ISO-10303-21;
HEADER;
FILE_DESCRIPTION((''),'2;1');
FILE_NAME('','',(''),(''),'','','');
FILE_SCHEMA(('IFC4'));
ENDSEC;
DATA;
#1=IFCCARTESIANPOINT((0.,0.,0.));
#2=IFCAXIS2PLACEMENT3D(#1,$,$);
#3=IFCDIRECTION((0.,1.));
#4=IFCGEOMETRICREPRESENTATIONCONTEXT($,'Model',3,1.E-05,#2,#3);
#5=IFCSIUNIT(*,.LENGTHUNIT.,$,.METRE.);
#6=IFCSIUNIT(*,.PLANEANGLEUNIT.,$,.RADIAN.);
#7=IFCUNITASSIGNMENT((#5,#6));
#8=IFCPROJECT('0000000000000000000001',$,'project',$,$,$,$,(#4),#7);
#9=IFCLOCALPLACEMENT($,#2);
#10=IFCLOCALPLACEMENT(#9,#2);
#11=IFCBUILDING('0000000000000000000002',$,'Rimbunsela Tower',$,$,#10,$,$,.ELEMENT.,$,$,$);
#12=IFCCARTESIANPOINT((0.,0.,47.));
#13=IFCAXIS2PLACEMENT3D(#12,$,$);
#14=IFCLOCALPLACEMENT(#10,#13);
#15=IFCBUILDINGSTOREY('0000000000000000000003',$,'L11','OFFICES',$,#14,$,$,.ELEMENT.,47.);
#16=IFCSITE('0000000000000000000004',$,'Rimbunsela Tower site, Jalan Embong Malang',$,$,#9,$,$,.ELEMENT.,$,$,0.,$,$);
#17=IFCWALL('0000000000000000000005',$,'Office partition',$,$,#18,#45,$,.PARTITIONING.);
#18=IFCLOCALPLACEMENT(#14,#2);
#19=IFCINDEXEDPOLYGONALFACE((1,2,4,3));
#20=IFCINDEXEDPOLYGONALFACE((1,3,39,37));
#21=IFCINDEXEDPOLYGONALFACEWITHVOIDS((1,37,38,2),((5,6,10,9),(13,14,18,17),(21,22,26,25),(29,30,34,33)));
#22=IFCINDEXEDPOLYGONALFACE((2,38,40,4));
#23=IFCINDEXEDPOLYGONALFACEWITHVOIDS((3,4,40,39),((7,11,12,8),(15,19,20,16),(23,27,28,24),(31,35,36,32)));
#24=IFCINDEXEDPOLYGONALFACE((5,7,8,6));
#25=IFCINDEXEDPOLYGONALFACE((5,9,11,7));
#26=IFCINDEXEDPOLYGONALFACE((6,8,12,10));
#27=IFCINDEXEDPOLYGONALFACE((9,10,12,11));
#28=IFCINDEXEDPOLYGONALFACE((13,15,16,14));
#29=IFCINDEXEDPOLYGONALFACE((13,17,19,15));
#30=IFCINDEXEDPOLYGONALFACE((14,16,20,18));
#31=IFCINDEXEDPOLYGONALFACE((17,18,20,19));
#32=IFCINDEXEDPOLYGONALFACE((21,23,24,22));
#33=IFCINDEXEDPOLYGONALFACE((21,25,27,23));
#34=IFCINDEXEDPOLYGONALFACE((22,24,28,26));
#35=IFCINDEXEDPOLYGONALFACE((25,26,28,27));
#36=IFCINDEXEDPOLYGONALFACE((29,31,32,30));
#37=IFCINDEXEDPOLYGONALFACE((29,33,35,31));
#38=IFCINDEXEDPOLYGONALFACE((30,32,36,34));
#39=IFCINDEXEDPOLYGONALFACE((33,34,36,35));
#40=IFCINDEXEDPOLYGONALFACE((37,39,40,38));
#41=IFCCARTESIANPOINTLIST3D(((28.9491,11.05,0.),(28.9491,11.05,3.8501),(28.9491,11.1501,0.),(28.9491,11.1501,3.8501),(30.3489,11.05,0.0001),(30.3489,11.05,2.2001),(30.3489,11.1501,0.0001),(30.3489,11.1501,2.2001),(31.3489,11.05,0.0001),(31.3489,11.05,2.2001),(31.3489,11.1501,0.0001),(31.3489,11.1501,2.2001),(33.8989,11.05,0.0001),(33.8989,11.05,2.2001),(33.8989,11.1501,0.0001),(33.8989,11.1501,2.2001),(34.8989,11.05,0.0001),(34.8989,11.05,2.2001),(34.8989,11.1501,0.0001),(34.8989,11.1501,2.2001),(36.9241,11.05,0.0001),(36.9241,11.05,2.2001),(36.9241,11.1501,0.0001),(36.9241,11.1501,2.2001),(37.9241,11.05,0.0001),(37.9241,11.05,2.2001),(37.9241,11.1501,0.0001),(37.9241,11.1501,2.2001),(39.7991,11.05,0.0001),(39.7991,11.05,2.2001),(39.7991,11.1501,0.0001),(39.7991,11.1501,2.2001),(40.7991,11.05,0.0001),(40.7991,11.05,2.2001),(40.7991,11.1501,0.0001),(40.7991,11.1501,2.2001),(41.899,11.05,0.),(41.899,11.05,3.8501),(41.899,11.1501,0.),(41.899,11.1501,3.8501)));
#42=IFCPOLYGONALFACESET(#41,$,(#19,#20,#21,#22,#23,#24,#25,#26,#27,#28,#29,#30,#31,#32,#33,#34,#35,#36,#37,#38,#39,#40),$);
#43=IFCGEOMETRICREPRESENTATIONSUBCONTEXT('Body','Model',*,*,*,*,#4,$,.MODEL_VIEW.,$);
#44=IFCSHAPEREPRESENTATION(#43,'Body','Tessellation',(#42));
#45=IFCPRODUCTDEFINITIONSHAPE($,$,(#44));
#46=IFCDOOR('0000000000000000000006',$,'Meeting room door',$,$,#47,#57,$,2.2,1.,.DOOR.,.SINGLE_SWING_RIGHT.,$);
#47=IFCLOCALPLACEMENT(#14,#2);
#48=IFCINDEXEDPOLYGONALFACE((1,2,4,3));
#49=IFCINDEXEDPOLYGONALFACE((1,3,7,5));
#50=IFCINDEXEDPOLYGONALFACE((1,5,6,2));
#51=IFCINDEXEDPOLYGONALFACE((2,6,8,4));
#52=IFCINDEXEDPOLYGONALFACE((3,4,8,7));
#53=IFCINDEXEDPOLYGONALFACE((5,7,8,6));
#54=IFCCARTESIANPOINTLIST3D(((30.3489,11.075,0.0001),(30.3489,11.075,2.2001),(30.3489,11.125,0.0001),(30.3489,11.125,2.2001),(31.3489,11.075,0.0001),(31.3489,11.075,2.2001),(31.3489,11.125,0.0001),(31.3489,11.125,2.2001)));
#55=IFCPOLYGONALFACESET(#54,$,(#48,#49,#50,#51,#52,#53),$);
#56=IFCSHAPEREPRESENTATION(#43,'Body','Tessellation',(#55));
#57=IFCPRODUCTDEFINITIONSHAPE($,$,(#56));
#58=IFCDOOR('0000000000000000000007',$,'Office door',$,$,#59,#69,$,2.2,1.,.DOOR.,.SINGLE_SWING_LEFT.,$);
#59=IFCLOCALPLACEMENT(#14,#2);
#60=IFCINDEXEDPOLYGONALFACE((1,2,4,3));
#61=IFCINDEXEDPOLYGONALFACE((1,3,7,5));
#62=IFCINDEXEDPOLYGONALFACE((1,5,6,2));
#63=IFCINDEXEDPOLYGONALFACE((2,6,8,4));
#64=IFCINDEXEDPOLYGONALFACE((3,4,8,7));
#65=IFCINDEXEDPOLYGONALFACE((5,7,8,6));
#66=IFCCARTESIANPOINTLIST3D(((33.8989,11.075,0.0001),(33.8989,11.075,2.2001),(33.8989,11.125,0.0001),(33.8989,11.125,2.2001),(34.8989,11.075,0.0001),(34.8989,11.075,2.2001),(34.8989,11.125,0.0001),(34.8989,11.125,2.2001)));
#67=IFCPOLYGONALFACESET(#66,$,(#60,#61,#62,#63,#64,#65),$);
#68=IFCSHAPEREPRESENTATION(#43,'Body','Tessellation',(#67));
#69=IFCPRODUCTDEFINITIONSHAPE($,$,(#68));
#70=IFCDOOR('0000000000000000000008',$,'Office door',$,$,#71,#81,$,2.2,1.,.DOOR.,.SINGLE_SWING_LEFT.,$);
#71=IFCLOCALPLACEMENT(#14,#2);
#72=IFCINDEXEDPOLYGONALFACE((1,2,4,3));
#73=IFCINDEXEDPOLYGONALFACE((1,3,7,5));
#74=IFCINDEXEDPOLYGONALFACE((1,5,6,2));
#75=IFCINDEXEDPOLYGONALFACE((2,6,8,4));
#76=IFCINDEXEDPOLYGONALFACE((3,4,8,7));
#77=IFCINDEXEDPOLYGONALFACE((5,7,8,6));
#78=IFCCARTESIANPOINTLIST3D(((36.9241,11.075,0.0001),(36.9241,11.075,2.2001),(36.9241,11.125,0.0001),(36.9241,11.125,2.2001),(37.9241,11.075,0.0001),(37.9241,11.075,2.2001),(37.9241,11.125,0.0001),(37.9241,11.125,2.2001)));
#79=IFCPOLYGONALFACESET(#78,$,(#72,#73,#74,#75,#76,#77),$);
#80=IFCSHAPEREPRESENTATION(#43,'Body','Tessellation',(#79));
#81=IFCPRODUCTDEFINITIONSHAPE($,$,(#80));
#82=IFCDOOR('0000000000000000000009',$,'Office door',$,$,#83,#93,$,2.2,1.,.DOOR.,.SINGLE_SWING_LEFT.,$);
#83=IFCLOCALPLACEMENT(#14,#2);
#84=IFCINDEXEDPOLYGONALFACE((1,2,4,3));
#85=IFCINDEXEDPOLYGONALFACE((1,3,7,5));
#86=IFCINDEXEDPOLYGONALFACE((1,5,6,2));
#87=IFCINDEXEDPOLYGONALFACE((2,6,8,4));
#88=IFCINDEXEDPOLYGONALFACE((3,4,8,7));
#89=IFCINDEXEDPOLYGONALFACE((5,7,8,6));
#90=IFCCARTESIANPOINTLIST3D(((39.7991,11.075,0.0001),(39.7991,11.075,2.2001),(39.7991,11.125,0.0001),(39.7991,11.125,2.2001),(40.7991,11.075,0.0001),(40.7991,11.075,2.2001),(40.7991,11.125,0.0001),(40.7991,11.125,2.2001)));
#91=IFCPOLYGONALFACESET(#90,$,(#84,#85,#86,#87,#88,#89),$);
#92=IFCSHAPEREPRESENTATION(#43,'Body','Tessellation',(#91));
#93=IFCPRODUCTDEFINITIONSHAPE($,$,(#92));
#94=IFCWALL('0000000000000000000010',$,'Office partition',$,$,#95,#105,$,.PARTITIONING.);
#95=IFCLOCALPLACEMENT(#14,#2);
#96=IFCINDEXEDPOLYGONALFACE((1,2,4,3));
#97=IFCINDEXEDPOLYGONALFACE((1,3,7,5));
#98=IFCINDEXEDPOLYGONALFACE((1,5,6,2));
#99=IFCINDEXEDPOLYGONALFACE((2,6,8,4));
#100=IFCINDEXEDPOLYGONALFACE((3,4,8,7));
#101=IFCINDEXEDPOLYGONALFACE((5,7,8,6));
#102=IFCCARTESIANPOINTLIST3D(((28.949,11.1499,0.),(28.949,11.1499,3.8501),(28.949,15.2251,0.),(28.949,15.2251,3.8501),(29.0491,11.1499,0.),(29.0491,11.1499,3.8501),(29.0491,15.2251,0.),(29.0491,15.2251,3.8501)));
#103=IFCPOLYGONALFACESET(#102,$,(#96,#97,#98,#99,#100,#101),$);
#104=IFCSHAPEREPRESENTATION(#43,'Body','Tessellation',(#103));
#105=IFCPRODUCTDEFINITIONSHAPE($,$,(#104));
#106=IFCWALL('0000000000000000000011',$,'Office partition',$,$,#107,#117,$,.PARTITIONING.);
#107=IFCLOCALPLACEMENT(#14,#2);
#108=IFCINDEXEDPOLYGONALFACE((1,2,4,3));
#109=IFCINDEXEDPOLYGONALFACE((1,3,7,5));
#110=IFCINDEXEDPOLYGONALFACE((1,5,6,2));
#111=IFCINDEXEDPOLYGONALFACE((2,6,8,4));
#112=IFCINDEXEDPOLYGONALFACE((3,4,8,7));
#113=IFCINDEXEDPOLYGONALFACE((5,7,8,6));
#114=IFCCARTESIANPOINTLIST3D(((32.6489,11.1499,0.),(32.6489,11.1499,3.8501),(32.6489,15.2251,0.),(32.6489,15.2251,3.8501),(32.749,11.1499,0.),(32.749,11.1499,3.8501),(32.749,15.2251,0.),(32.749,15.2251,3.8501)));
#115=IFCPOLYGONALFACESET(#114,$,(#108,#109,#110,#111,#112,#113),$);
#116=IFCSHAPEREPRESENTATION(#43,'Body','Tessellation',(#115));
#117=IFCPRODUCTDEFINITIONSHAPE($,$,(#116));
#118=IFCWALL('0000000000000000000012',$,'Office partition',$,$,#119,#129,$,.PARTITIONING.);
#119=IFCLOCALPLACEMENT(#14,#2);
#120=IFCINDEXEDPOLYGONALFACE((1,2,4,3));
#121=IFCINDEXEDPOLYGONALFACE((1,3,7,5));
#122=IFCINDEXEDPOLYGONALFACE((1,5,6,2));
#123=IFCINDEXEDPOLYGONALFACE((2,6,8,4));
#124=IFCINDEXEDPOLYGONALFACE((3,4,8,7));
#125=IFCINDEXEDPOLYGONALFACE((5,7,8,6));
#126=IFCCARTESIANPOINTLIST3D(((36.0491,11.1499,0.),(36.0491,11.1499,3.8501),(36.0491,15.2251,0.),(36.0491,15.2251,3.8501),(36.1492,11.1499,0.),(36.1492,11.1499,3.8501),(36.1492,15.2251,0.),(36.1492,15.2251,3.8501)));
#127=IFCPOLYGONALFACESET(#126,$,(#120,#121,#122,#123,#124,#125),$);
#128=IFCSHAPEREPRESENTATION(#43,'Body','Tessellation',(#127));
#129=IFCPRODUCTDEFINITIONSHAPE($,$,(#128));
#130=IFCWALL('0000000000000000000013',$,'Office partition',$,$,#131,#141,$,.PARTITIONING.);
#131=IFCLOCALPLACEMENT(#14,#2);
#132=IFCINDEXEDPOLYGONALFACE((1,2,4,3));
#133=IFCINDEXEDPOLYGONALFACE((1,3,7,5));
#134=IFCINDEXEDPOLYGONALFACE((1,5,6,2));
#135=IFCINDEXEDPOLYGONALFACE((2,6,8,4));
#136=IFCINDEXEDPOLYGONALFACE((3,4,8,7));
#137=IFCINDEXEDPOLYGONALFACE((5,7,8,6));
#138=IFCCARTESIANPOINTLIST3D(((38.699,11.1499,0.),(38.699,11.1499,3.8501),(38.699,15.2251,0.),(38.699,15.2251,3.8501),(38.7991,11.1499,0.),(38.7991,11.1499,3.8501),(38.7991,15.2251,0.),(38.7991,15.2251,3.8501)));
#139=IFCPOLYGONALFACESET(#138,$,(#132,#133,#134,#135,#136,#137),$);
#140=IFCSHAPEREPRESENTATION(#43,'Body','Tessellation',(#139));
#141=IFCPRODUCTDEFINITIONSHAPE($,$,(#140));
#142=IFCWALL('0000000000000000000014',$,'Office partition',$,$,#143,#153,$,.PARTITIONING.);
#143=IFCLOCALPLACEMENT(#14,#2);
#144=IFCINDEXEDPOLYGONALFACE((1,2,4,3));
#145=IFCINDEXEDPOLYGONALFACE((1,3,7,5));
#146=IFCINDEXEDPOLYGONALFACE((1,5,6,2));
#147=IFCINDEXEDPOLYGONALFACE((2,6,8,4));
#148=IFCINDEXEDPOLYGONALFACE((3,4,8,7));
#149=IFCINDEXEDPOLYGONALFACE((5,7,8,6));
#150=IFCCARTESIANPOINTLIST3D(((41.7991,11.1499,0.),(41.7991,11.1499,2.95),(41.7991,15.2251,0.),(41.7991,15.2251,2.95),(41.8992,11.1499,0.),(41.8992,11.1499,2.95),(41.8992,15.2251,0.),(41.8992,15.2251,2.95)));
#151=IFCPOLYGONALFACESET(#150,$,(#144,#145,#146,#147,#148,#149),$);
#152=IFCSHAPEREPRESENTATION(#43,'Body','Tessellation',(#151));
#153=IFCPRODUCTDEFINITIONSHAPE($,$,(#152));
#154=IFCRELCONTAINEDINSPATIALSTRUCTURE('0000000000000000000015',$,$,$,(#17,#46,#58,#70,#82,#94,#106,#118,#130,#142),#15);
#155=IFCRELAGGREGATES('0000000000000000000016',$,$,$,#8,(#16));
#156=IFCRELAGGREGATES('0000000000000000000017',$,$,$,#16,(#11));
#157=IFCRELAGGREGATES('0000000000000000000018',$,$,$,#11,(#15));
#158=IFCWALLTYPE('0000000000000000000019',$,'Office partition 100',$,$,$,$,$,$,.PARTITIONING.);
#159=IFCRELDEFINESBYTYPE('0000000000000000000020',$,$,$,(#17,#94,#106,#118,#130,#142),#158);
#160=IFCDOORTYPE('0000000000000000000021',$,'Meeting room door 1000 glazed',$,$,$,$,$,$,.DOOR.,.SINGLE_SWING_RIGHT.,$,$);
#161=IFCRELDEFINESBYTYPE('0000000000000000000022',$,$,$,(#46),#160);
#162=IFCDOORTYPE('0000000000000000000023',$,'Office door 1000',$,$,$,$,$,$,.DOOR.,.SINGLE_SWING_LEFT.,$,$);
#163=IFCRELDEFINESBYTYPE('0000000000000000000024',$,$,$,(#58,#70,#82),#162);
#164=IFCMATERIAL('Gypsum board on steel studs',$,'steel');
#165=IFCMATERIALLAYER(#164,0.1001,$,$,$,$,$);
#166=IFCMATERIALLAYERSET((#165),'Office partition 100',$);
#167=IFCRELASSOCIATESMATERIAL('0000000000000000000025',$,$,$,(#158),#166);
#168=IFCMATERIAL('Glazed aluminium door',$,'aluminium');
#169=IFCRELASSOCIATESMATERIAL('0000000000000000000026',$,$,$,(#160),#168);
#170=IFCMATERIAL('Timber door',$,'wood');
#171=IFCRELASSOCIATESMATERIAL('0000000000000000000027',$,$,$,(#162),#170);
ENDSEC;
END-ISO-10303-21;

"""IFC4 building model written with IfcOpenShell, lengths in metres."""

from ifc_helpers import new_model, si_unit, direction, frame, frame_2d, origin, place, context, subcontext, project, spatial, rectangle, extrude, material, layer, layer_set, type_object, element, fill, save


model = new_model("IFC4")

# Units and contexts
model_context = context("Model", 3, precision=1e-05, world=origin(), true_north=direction((0.0, 1.0)))
body_context = subcontext(model_context, "Body", "Model", "MODEL_VIEW")
ifc_project = project(units=[si_unit("LENGTHUNIT", "METRE"), si_unit("PLANEANGLEUNIT", "RADIAN")], contexts=[model_context])

# Site, building, storey
site_placement = place(None, origin())
site = spatial("IfcSite", under=ifc_project, at=site_placement, Name="Rimbunsela Tower site, Jalan Embong Malang", CompositionType="ELEMENT", RefElevation=0.0)
building_placement = place(site_placement, origin())
building = spatial("IfcBuilding", under=site, at=building_placement, Name="Rimbunsela Tower", CompositionType="ELEMENT")
storey_placement = place(building_placement, frame((0.0, 0.0, 47.0)))
storey = spatial("IfcBuildingStorey", under=building, at=storey_placement, Name="L11", Description="OFFICES", CompositionType="ELEMENT", Elevation=47.0)

# Wall, openings, doors
ifc_material_1 = material(Name="Gypsum board on steel studs", Category="steel")
ifc_layer_1 = layer(ifc_material_1, 0.1001)
ifc_layer_set_1 = layer_set([ifc_layer_1], Name="Office partition 100")
wall_type_1 = type_object("IfcWallType", Name="Office partition 100", PredefinedType="PARTITIONING", material=ifc_layer_set_1)
wall_1_placement = place(storey_placement, frame((28.949, 11.1001, 0.0), z_axis=(0.0, 0.0, 1.0), x_axis=(1.0, 0.0, 0.0)))
wall_1 = element("IfcWall", 1, at=wall_1_placement, inside=storey, type_object=wall_type_1, Name="Office partition", PredefinedType="PARTITIONING", context=body_context, shape_type="SweptSolid", body=[
    extrude(rectangle(XDim=12.95, YDim=0.1001, at=frame_2d((6.4751, 0.0))), origin(), (0.0, 0.0, 1.0), 3.8501),
])
opening_1_placement = place(wall_1_placement, frame((1.3999, 0.0, 0.0)))
opening_1 = element("IfcOpeningElement", 2, at=opening_1_placement, cuts=wall_1, PredefinedType="OPENING", context=body_context, shape_type="SweptSolid", body=[
    extrude(rectangle(XDim=1.0, YDim=2.2, at=frame_2d((0.5, 1.1001))), frame((0.0, 0.0601, 0.0), z_axis=(0.0, -1.0, 0.0), x_axis=(1.0, 0.0, 0.0)), (0.0, 0.0, 1.0), 0.1201),
])
opening_2_placement = place(wall_1_placement, frame((4.95, 0.0, 0.0)))
opening_2 = element("IfcOpeningElement", 3, at=opening_2_placement, cuts=wall_1, PredefinedType="OPENING", context=body_context, shape_type="SweptSolid", body=[
    extrude(rectangle(XDim=1.0, YDim=2.2, at=frame_2d((0.5, 1.1001))), frame((0.0, 0.0601, 0.0), z_axis=(0.0, -1.0, 0.0), x_axis=(1.0, 0.0, 0.0)), (0.0, 0.0, 1.0), 0.1201),
])
opening_3_placement = place(wall_1_placement, frame((7.9751, 0.0, 0.0)))
opening_3 = element("IfcOpeningElement", 4, at=opening_3_placement, cuts=wall_1, PredefinedType="OPENING", context=body_context, shape_type="SweptSolid", body=[
    extrude(rectangle(XDim=1.0, YDim=2.2, at=frame_2d((0.5, 1.1001))), frame((0.0, 0.0601, 0.0), z_axis=(0.0, -1.0, 0.0), x_axis=(1.0, 0.0, 0.0)), (0.0, 0.0, 1.0), 0.1201),
])
opening_4_placement = place(wall_1_placement, frame((10.8501, 0.0, 0.0)))
opening_4 = element("IfcOpeningElement", 5, at=opening_4_placement, cuts=wall_1, PredefinedType="OPENING", context=body_context, shape_type="SweptSolid", body=[
    extrude(rectangle(XDim=1.0, YDim=2.2, at=frame_2d((0.5, 1.1001))), frame((0.0, 0.0601, 0.0), z_axis=(0.0, -1.0, 0.0), x_axis=(1.0, 0.0, 0.0)), (0.0, 0.0, 1.0), 0.1201),
])
ifc_material_2 = material(Name="Glazed aluminium door", Category="aluminium")
door_type_1 = type_object("IfcDoorType", Name="Meeting room door 1000 glazed", OperationType="SINGLE_SWING_RIGHT", PredefinedType="DOOR", material=ifc_material_2)
door_1_placement = place(opening_1_placement, origin())
door_1 = element("IfcDoor", 6, at=door_1_placement, inside=storey, type_object=door_type_1, Name="Meeting room door", OperationType="SINGLE_SWING_RIGHT", OverallHeight=2.2, OverallWidth=1.0, PredefinedType="DOOR", context=body_context, shape_type="SweptSolid", body=[
    extrude(rectangle(XDim=1.0, YDim=2.2, at=frame_2d((0.5, 1.1001))), frame((0.0, 0.0249, 0.0), z_axis=(0.0, -1.0, 0.0), x_axis=(1.0, 0.0, 0.0)), (0.0, 0.0, 1.0), 0.05),
])
fill(opening_1, door_1)
ifc_material_3 = material(Name="Timber door", Category="wood")
door_type_2 = type_object("IfcDoorType", Name="Office door 1000", OperationType="SINGLE_SWING_LEFT", PredefinedType="DOOR", material=ifc_material_3)
door_2_placement = place(opening_2_placement, origin())
door_2 = element("IfcDoor", 7, at=door_2_placement, inside=storey, type_object=door_type_2, Name="Office door", OperationType="SINGLE_SWING_LEFT", OverallHeight=2.2, OverallWidth=1.0, PredefinedType="DOOR", context=body_context, shape_type="SweptSolid", body=[
    extrude(rectangle(XDim=1.0, YDim=2.2, at=frame_2d((0.5, 1.1001))), frame((0.0, 0.0249, 0.0), z_axis=(0.0, -1.0, 0.0), x_axis=(1.0, 0.0, 0.0)), (0.0, 0.0, 1.0), 0.05),
])
fill(opening_2, door_2)
door_3_placement = place(opening_3_placement, origin())
door_3 = element("IfcDoor", 8, at=door_3_placement, inside=storey, type_object=door_type_2, Name="Office door", OperationType="SINGLE_SWING_LEFT", OverallHeight=2.2, OverallWidth=1.0, PredefinedType="DOOR", context=body_context, shape_type="SweptSolid", body=[
    extrude(rectangle(XDim=1.0, YDim=2.2, at=frame_2d((0.5, 1.1001))), frame((0.0, 0.0249, 0.0), z_axis=(0.0, -1.0, 0.0), x_axis=(1.0, 0.0, 0.0)), (0.0, 0.0, 1.0), 0.05),
])
fill(opening_3, door_3)
door_4_placement = place(opening_4_placement, origin())
door_4 = element("IfcDoor", 9, at=door_4_placement, inside=storey, type_object=door_type_2, Name="Office door", OperationType="SINGLE_SWING_LEFT", OverallHeight=2.2, OverallWidth=1.0, PredefinedType="DOOR", context=body_context, shape_type="SweptSolid", body=[
    extrude(rectangle(XDim=1.0, YDim=2.2, at=frame_2d((0.5, 1.1001))), frame((0.0, 0.0249, 0.0), z_axis=(0.0, -1.0, 0.0), x_axis=(1.0, 0.0, 0.0)), (0.0, 0.0, 1.0), 0.05),
])
fill(opening_4, door_4)

# Walls
for number, where, z_axis, x_axis, name in (
    (10, (28.999, 11.1499, 0.0), (0.0, 0.0, 1.0), (0.0, 1.0, 0.0), "Office partition"),
    (11, (32.699, 11.1499, 0.0), (0.0, 0.0, 1.0), (0.0, 1.0, 0.0), "Office partition"),
    (12, (36.0991, 11.1499, 0.0), (0.0, 0.0, 1.0), (0.0, 1.0, 0.0), "Office partition"),
    (13, (38.749, 11.1499, 0.0), (0.0, 0.0, 1.0), (0.0, 1.0, 0.0), "Office partition"),
):
    element("IfcWall", number, at=place(storey_placement, frame(where, z_axis=z_axis, x_axis=x_axis)), inside=storey, type_object=wall_type_1, Name=name, PredefinedType="PARTITIONING", context=body_context, shape_type="SweptSolid", body=[
        extrude(rectangle(XDim=4.0752, YDim=0.1001, at=frame_2d((2.0376, 0.0))), origin(), (0.0, 0.0, 1.0), 3.8501),
    ])
wall_2_placement = place(storey_placement, frame((41.8491, 11.1499, 0.0), z_axis=(0.0, 0.0, 1.0), x_axis=(0.0, 1.0, 0.0)))
element("IfcWall", 14, at=wall_2_placement, inside=storey, type_object=wall_type_1, Name="Office partition", PredefinedType="PARTITIONING", context=body_context, shape_type="SweptSolid", body=[
    extrude(rectangle(XDim=4.0752, YDim=0.1001, at=frame_2d((2.0376, 0.0))), origin(), (0.0, 0.0, 1.0), 2.95),
])

save(model, "model.ifc")
